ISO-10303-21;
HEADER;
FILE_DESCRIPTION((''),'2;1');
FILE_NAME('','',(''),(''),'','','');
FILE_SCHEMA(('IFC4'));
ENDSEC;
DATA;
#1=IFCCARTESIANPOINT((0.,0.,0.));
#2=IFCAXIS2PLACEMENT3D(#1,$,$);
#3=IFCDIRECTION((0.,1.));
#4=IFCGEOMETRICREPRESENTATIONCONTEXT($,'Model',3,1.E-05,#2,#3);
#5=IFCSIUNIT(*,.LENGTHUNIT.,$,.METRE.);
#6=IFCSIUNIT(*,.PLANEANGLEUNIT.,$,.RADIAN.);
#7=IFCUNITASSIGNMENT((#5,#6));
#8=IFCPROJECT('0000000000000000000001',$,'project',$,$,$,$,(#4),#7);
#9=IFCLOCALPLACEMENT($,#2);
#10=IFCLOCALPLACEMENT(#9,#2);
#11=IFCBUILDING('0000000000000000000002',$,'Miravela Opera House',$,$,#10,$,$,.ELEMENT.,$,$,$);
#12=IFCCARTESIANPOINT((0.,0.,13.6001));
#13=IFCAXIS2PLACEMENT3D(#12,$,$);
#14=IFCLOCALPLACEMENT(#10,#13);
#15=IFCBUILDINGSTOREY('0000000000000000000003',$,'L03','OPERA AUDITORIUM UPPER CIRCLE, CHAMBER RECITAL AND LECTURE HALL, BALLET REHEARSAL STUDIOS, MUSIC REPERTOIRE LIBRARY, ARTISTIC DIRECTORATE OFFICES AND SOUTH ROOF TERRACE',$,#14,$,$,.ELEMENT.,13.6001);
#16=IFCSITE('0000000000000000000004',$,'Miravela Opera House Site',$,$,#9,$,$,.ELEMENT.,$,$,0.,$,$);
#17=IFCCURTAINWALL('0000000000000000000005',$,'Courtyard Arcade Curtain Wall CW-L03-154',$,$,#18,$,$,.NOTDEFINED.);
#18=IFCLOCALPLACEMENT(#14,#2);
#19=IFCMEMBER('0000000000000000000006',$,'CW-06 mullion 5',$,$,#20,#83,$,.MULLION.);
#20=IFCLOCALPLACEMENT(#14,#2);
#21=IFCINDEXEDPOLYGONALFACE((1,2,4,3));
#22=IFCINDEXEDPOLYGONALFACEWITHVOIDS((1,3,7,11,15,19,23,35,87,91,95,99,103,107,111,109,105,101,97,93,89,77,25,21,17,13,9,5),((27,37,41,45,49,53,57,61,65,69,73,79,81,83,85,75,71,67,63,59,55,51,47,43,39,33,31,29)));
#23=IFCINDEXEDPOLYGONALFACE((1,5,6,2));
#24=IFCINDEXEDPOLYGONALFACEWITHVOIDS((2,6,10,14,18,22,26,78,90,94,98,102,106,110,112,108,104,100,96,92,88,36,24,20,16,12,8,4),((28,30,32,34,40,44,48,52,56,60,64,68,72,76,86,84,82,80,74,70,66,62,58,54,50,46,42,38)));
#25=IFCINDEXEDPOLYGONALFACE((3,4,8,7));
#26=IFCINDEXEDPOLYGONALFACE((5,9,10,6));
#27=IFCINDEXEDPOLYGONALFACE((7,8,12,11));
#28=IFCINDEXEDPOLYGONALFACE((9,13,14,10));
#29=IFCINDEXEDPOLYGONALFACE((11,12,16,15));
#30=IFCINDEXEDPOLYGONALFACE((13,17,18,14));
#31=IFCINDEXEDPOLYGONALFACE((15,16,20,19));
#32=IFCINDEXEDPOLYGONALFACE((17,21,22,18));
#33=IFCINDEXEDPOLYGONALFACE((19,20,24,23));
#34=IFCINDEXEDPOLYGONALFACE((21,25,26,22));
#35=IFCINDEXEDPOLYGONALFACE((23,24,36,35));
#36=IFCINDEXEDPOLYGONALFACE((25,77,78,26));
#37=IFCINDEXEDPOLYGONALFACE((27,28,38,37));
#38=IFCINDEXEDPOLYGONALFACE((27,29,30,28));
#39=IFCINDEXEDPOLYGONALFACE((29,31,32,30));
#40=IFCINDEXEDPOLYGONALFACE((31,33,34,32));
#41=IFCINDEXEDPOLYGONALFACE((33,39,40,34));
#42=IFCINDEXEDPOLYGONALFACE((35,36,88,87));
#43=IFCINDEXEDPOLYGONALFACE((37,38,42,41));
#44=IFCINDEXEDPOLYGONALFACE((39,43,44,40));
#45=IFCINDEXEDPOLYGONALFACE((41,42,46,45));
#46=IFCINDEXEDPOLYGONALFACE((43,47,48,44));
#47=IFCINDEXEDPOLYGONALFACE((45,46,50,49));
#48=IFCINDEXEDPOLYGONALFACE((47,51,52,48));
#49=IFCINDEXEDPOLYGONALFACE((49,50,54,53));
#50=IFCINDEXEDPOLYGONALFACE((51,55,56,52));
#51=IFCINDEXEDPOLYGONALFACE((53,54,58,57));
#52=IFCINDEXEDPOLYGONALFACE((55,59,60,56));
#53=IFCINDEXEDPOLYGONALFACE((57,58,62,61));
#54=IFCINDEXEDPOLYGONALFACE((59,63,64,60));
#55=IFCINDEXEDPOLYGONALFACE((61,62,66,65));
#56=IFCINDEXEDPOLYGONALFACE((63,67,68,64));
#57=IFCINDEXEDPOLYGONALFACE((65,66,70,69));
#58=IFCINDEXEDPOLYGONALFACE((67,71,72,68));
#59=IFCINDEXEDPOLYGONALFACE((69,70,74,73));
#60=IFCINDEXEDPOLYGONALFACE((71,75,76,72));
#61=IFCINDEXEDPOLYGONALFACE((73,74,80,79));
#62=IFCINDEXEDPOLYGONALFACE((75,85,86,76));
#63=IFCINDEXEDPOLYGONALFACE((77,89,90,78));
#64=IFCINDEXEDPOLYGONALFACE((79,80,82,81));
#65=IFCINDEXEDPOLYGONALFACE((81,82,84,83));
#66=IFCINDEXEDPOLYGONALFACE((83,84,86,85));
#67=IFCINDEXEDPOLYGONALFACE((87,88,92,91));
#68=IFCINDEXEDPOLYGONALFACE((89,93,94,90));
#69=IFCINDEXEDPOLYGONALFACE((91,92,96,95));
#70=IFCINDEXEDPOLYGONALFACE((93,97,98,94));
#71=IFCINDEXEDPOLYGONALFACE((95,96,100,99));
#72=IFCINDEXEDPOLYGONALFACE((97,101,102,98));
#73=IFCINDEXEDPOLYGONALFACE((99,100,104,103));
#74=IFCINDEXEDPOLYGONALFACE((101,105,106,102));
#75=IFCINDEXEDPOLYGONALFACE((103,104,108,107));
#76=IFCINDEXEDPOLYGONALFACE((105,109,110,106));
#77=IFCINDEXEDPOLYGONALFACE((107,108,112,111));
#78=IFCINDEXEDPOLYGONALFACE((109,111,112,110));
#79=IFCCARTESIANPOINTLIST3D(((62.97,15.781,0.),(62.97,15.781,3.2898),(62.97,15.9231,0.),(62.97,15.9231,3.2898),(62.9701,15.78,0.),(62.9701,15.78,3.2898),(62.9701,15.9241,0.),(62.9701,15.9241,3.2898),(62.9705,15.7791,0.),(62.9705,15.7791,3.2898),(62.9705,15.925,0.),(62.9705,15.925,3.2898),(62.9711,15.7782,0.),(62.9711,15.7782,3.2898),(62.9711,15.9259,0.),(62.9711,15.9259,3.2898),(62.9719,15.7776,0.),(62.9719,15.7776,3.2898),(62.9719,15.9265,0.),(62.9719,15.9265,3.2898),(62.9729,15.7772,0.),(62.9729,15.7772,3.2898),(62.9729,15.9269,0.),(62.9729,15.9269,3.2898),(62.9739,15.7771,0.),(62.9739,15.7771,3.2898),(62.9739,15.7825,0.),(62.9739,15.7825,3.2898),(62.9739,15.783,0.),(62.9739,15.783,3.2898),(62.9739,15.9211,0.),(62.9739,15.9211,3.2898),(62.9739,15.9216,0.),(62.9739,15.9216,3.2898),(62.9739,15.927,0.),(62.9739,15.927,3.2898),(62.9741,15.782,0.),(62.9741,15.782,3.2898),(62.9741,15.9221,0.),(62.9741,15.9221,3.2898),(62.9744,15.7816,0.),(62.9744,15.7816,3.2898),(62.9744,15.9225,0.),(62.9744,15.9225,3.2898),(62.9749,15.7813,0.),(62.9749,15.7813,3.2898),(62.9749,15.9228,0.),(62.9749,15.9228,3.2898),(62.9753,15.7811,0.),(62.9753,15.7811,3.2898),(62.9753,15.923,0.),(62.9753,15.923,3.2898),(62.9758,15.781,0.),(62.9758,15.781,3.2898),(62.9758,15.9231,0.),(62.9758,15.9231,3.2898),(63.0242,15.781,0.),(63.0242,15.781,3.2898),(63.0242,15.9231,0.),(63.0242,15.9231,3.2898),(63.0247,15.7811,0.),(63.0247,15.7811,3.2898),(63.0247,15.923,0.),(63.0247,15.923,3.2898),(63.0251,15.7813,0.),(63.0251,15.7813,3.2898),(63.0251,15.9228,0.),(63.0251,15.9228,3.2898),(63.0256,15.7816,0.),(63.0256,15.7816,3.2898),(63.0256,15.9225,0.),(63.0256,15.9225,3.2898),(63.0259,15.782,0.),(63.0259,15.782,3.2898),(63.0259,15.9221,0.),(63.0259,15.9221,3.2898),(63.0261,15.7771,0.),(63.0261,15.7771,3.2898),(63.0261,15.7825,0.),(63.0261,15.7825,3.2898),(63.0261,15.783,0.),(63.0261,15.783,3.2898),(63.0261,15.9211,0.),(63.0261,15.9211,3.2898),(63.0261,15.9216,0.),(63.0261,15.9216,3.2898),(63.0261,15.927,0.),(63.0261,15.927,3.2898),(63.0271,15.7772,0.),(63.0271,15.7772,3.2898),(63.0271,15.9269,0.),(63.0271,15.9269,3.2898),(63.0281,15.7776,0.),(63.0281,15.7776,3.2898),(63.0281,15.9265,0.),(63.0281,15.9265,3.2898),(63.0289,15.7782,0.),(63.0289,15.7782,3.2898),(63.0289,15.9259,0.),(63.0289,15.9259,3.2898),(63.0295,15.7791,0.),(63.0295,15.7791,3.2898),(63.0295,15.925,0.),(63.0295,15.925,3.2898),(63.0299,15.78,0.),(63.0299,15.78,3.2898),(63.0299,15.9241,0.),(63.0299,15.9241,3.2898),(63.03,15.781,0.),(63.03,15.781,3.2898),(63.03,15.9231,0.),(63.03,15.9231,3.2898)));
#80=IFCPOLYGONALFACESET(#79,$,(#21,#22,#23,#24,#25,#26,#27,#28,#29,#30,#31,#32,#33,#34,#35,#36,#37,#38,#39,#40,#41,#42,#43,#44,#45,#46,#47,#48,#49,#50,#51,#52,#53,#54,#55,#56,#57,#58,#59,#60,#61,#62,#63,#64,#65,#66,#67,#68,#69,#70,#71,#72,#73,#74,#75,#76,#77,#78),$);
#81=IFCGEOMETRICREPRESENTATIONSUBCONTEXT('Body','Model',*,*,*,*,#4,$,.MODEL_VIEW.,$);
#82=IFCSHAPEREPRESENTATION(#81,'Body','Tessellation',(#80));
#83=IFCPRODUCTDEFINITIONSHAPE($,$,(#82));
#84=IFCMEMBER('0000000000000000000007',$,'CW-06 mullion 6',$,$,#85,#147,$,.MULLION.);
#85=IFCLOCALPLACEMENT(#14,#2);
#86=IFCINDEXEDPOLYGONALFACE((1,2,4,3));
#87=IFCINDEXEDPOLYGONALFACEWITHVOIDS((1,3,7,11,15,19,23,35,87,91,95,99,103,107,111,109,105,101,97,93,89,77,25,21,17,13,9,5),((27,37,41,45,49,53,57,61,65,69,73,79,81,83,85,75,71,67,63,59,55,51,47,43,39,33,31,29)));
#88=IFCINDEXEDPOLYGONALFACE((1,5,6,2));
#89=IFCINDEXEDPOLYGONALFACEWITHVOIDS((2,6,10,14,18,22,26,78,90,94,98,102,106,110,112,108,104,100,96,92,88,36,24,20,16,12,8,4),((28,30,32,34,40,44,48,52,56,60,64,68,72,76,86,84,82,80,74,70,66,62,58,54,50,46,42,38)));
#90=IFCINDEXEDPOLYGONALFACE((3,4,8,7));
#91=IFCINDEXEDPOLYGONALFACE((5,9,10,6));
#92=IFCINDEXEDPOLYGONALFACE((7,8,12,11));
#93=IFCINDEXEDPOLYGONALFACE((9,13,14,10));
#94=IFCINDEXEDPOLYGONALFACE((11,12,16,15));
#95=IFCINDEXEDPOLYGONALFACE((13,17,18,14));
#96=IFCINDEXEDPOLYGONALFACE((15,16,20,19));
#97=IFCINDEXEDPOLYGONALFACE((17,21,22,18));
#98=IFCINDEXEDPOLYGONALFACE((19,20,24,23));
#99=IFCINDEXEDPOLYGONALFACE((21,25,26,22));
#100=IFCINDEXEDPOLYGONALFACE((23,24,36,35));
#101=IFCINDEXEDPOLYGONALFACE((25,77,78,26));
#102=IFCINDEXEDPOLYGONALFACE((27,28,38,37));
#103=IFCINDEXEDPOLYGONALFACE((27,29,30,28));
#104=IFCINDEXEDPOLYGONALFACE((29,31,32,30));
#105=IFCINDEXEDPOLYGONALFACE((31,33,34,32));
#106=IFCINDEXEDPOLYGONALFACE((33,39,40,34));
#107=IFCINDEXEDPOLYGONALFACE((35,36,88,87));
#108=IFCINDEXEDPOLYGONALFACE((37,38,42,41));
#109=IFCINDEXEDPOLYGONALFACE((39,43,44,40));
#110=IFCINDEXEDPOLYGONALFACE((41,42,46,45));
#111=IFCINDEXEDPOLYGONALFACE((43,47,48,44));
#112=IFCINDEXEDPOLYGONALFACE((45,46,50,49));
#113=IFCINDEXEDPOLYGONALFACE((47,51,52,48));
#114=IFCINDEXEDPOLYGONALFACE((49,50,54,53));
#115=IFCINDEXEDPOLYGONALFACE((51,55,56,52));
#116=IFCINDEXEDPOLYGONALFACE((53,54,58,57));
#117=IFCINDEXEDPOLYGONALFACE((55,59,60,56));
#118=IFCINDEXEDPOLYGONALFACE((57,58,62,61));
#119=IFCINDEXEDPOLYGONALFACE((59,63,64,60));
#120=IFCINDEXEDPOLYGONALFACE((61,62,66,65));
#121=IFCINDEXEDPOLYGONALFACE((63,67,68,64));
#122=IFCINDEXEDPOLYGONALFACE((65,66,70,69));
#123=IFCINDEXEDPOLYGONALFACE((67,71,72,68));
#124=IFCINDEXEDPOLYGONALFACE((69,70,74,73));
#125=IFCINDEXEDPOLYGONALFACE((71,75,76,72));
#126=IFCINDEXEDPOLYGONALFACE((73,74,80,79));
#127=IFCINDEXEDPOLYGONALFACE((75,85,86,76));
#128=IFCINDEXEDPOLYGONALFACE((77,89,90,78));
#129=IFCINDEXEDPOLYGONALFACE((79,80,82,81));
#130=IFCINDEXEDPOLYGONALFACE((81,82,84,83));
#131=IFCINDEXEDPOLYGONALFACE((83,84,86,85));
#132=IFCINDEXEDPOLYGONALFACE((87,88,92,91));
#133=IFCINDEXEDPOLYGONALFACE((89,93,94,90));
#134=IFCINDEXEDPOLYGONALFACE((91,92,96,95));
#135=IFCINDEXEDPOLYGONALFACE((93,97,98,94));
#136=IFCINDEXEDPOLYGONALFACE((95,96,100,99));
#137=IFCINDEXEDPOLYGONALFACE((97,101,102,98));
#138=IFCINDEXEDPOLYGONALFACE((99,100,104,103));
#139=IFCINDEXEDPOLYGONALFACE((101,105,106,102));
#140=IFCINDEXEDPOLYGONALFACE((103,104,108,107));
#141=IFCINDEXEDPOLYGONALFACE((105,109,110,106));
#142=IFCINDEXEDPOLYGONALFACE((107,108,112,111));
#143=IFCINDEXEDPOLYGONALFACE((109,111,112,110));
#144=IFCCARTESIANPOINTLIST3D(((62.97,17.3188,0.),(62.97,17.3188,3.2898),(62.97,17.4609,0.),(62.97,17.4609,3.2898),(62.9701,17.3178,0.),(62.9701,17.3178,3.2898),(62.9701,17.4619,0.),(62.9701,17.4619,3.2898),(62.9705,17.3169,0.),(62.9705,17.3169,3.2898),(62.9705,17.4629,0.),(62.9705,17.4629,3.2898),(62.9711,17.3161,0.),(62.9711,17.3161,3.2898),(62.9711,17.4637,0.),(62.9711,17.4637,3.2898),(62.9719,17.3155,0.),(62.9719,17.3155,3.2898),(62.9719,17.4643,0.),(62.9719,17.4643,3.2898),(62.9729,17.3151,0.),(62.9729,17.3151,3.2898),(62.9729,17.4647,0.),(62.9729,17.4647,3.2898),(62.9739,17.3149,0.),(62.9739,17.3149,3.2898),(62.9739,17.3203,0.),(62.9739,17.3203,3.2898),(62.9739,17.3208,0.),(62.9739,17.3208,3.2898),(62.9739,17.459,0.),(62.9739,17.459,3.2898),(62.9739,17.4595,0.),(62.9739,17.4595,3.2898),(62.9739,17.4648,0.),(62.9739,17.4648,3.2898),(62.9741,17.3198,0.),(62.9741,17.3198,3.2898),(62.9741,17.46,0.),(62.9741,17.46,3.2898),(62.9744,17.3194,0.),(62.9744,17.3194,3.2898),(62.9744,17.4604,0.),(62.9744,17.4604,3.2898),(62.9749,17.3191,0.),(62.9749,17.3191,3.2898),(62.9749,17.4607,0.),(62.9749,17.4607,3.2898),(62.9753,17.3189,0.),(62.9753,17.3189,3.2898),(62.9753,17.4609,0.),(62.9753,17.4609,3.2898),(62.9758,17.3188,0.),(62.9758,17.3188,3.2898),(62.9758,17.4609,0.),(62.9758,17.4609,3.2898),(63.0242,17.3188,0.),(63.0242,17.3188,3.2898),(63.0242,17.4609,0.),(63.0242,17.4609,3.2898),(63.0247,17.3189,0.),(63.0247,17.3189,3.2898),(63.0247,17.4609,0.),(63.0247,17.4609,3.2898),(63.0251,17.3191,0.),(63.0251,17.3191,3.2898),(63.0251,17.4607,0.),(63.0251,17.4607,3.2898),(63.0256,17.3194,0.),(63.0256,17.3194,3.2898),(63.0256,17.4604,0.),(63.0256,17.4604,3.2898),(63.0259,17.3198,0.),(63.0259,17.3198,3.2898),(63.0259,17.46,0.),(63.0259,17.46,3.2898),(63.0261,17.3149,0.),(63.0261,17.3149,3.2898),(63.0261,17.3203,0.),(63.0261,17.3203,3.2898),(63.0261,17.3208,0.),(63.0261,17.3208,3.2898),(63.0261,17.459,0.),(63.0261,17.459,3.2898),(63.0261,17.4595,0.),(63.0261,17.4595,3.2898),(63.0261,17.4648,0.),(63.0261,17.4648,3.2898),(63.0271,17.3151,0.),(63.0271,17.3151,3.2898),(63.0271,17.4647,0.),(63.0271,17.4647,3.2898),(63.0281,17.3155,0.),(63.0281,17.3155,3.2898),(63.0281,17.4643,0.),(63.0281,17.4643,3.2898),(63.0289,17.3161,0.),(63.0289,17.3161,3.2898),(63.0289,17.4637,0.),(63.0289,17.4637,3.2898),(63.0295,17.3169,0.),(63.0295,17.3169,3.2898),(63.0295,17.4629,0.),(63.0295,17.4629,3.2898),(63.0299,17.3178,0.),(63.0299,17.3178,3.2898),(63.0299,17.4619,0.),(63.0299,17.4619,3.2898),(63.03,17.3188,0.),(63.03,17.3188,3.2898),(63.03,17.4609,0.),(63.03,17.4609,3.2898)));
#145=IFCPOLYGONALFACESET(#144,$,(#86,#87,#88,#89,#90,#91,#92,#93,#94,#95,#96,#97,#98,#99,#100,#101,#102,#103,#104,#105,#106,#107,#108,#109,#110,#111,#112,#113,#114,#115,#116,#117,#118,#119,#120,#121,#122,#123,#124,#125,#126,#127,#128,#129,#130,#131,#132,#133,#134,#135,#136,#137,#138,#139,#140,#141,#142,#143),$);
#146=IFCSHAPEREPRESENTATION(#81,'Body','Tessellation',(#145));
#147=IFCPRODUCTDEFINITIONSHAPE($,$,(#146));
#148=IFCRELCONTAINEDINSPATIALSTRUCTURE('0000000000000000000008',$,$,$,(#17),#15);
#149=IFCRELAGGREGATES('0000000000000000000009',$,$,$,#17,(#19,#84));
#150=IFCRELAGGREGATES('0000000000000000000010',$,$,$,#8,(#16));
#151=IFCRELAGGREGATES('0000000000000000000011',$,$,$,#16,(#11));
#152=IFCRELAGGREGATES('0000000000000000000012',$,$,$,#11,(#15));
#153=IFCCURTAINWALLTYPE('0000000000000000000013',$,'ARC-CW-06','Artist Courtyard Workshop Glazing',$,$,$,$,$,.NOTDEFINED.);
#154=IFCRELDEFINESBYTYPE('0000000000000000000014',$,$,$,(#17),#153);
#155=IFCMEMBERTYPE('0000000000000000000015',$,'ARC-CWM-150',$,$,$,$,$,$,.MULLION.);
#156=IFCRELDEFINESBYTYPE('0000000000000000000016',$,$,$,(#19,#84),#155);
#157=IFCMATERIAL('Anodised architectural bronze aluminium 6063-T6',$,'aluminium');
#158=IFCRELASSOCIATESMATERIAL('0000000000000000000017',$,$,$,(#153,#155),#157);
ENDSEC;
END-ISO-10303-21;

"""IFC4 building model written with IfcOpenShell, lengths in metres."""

from ifc_helpers import new_model, si_unit, direction, frame, origin, origin_2d, place, context, subcontext, project, spatial, hollow_rectangle, extrude, material, material_profile, profile_set, type_object, element, aggregate, save


model = new_model("IFC4")

# Units and contexts
model_context = context("Model", 3, precision=1e-05, world=origin(), true_north=direction((0.0, 1.0)))
body_context = subcontext(model_context, "Body", "Model", "MODEL_VIEW")
ifc_project = project(units=[si_unit("LENGTHUNIT", "METRE"), si_unit("PLANEANGLEUNIT", "RADIAN")], contexts=[model_context])

# Site, building, storey
site_placement = place(None, origin())
site = spatial("IfcSite", under=ifc_project, at=site_placement, Name="Miravela Opera House Site", CompositionType="ELEMENT", RefElevation=0.0)
building_placement = place(site_placement, origin())
building = spatial("IfcBuilding", under=site, at=building_placement, Name="Miravela Opera House", CompositionType="ELEMENT")
storey_placement = place(building_placement, frame((0.0, 0.0, 13.6001)))
storey = spatial("IfcBuildingStorey", under=building, at=storey_placement, Name="L03", Description="OPERA AUDITORIUM UPPER CIRCLE, CHAMBER RECITAL AND LECTURE HALL, BALLET REHEARSAL STUDIOS, MUSIC REPERTOIRE LIBRARY, ARTISTIC DIRECTORATE OFFICES AND SOUTH ROOF TERRACE", CompositionType="ELEMENT", Elevation=13.6001)

# Curtain wall, members
ifc_material_1 = material(Name="Anodised architectural bronze aluminium 6063-T6", Category="aluminium")
curtain_wall_type = type_object("IfcCurtainWallType", Name="ARC-CW-06", Description="Artist Courtyard Workshop Glazing", PredefinedType="NOTDEFINED", material=ifc_material_1)
ifc_material_profile_1 = material_profile(ifc_material_1, hollow_rectangle(XDim=0.0601, YDim=0.1499, WallThickness=0.0039, InnerFilletRadius=0.002, OuterFilletRadius=0.0039, at=origin_2d()), Name="CWM-60X150")
ifc_profile_set_1 = profile_set([ifc_material_profile_1])
member_type_1 = type_object("IfcMemberType", Name="ARC-CWM-150", PredefinedType="MULLION", material=ifc_profile_set_1)
curtain_wall_1_placement = place(storey_placement, origin())
curtain_wall_1 = element("IfcCurtainWall", 1, at=curtain_wall_1_placement, inside=storey, type_object=curtain_wall_type, Name="Courtyard Arcade Curtain Wall CW-L03-154", PredefinedType="NOTDEFINED")
member_1_placement = place(storey_placement, frame((63.0, 15.8521, 0.0), z_axis=(0.0, 0.0, 1.0), x_axis=(-1.0, 0.0, 0.0)))
member_1 = element("IfcMember", 2, at=member_1_placement, type_object=member_type_1, Name="CW-06 mullion 5", PredefinedType="MULLION", context=body_context, shape_type="SweptSolid", body=[
    extrude(hollow_rectangle(XDim=0.0601, YDim=0.1499, WallThickness=0.0039, InnerFilletRadius=0.002, OuterFilletRadius=0.0039, at=origin_2d()), origin(), (0.0, 0.0, 1.0), 3.2898),
])
member_2_placement = place(storey_placement, frame((63.0, 17.3899, 0.0), z_axis=(0.0, 0.0, 1.0), x_axis=(-1.0, 0.0, 0.0)))
member_2 = element("IfcMember", 3, at=member_2_placement, type_object=member_type_1, Name="CW-06 mullion 6", PredefinedType="MULLION", context=body_context, shape_type="SweptSolid", body=[
    extrude(hollow_rectangle(XDim=0.0601, YDim=0.1499, WallThickness=0.0039, InnerFilletRadius=0.002, OuterFilletRadius=0.0039, at=origin_2d()), origin(), (0.0, 0.0, 1.0), 3.2898),
])

aggregate(curtain_wall_1, [member_1, member_2])

save(model, "model.ifc")
